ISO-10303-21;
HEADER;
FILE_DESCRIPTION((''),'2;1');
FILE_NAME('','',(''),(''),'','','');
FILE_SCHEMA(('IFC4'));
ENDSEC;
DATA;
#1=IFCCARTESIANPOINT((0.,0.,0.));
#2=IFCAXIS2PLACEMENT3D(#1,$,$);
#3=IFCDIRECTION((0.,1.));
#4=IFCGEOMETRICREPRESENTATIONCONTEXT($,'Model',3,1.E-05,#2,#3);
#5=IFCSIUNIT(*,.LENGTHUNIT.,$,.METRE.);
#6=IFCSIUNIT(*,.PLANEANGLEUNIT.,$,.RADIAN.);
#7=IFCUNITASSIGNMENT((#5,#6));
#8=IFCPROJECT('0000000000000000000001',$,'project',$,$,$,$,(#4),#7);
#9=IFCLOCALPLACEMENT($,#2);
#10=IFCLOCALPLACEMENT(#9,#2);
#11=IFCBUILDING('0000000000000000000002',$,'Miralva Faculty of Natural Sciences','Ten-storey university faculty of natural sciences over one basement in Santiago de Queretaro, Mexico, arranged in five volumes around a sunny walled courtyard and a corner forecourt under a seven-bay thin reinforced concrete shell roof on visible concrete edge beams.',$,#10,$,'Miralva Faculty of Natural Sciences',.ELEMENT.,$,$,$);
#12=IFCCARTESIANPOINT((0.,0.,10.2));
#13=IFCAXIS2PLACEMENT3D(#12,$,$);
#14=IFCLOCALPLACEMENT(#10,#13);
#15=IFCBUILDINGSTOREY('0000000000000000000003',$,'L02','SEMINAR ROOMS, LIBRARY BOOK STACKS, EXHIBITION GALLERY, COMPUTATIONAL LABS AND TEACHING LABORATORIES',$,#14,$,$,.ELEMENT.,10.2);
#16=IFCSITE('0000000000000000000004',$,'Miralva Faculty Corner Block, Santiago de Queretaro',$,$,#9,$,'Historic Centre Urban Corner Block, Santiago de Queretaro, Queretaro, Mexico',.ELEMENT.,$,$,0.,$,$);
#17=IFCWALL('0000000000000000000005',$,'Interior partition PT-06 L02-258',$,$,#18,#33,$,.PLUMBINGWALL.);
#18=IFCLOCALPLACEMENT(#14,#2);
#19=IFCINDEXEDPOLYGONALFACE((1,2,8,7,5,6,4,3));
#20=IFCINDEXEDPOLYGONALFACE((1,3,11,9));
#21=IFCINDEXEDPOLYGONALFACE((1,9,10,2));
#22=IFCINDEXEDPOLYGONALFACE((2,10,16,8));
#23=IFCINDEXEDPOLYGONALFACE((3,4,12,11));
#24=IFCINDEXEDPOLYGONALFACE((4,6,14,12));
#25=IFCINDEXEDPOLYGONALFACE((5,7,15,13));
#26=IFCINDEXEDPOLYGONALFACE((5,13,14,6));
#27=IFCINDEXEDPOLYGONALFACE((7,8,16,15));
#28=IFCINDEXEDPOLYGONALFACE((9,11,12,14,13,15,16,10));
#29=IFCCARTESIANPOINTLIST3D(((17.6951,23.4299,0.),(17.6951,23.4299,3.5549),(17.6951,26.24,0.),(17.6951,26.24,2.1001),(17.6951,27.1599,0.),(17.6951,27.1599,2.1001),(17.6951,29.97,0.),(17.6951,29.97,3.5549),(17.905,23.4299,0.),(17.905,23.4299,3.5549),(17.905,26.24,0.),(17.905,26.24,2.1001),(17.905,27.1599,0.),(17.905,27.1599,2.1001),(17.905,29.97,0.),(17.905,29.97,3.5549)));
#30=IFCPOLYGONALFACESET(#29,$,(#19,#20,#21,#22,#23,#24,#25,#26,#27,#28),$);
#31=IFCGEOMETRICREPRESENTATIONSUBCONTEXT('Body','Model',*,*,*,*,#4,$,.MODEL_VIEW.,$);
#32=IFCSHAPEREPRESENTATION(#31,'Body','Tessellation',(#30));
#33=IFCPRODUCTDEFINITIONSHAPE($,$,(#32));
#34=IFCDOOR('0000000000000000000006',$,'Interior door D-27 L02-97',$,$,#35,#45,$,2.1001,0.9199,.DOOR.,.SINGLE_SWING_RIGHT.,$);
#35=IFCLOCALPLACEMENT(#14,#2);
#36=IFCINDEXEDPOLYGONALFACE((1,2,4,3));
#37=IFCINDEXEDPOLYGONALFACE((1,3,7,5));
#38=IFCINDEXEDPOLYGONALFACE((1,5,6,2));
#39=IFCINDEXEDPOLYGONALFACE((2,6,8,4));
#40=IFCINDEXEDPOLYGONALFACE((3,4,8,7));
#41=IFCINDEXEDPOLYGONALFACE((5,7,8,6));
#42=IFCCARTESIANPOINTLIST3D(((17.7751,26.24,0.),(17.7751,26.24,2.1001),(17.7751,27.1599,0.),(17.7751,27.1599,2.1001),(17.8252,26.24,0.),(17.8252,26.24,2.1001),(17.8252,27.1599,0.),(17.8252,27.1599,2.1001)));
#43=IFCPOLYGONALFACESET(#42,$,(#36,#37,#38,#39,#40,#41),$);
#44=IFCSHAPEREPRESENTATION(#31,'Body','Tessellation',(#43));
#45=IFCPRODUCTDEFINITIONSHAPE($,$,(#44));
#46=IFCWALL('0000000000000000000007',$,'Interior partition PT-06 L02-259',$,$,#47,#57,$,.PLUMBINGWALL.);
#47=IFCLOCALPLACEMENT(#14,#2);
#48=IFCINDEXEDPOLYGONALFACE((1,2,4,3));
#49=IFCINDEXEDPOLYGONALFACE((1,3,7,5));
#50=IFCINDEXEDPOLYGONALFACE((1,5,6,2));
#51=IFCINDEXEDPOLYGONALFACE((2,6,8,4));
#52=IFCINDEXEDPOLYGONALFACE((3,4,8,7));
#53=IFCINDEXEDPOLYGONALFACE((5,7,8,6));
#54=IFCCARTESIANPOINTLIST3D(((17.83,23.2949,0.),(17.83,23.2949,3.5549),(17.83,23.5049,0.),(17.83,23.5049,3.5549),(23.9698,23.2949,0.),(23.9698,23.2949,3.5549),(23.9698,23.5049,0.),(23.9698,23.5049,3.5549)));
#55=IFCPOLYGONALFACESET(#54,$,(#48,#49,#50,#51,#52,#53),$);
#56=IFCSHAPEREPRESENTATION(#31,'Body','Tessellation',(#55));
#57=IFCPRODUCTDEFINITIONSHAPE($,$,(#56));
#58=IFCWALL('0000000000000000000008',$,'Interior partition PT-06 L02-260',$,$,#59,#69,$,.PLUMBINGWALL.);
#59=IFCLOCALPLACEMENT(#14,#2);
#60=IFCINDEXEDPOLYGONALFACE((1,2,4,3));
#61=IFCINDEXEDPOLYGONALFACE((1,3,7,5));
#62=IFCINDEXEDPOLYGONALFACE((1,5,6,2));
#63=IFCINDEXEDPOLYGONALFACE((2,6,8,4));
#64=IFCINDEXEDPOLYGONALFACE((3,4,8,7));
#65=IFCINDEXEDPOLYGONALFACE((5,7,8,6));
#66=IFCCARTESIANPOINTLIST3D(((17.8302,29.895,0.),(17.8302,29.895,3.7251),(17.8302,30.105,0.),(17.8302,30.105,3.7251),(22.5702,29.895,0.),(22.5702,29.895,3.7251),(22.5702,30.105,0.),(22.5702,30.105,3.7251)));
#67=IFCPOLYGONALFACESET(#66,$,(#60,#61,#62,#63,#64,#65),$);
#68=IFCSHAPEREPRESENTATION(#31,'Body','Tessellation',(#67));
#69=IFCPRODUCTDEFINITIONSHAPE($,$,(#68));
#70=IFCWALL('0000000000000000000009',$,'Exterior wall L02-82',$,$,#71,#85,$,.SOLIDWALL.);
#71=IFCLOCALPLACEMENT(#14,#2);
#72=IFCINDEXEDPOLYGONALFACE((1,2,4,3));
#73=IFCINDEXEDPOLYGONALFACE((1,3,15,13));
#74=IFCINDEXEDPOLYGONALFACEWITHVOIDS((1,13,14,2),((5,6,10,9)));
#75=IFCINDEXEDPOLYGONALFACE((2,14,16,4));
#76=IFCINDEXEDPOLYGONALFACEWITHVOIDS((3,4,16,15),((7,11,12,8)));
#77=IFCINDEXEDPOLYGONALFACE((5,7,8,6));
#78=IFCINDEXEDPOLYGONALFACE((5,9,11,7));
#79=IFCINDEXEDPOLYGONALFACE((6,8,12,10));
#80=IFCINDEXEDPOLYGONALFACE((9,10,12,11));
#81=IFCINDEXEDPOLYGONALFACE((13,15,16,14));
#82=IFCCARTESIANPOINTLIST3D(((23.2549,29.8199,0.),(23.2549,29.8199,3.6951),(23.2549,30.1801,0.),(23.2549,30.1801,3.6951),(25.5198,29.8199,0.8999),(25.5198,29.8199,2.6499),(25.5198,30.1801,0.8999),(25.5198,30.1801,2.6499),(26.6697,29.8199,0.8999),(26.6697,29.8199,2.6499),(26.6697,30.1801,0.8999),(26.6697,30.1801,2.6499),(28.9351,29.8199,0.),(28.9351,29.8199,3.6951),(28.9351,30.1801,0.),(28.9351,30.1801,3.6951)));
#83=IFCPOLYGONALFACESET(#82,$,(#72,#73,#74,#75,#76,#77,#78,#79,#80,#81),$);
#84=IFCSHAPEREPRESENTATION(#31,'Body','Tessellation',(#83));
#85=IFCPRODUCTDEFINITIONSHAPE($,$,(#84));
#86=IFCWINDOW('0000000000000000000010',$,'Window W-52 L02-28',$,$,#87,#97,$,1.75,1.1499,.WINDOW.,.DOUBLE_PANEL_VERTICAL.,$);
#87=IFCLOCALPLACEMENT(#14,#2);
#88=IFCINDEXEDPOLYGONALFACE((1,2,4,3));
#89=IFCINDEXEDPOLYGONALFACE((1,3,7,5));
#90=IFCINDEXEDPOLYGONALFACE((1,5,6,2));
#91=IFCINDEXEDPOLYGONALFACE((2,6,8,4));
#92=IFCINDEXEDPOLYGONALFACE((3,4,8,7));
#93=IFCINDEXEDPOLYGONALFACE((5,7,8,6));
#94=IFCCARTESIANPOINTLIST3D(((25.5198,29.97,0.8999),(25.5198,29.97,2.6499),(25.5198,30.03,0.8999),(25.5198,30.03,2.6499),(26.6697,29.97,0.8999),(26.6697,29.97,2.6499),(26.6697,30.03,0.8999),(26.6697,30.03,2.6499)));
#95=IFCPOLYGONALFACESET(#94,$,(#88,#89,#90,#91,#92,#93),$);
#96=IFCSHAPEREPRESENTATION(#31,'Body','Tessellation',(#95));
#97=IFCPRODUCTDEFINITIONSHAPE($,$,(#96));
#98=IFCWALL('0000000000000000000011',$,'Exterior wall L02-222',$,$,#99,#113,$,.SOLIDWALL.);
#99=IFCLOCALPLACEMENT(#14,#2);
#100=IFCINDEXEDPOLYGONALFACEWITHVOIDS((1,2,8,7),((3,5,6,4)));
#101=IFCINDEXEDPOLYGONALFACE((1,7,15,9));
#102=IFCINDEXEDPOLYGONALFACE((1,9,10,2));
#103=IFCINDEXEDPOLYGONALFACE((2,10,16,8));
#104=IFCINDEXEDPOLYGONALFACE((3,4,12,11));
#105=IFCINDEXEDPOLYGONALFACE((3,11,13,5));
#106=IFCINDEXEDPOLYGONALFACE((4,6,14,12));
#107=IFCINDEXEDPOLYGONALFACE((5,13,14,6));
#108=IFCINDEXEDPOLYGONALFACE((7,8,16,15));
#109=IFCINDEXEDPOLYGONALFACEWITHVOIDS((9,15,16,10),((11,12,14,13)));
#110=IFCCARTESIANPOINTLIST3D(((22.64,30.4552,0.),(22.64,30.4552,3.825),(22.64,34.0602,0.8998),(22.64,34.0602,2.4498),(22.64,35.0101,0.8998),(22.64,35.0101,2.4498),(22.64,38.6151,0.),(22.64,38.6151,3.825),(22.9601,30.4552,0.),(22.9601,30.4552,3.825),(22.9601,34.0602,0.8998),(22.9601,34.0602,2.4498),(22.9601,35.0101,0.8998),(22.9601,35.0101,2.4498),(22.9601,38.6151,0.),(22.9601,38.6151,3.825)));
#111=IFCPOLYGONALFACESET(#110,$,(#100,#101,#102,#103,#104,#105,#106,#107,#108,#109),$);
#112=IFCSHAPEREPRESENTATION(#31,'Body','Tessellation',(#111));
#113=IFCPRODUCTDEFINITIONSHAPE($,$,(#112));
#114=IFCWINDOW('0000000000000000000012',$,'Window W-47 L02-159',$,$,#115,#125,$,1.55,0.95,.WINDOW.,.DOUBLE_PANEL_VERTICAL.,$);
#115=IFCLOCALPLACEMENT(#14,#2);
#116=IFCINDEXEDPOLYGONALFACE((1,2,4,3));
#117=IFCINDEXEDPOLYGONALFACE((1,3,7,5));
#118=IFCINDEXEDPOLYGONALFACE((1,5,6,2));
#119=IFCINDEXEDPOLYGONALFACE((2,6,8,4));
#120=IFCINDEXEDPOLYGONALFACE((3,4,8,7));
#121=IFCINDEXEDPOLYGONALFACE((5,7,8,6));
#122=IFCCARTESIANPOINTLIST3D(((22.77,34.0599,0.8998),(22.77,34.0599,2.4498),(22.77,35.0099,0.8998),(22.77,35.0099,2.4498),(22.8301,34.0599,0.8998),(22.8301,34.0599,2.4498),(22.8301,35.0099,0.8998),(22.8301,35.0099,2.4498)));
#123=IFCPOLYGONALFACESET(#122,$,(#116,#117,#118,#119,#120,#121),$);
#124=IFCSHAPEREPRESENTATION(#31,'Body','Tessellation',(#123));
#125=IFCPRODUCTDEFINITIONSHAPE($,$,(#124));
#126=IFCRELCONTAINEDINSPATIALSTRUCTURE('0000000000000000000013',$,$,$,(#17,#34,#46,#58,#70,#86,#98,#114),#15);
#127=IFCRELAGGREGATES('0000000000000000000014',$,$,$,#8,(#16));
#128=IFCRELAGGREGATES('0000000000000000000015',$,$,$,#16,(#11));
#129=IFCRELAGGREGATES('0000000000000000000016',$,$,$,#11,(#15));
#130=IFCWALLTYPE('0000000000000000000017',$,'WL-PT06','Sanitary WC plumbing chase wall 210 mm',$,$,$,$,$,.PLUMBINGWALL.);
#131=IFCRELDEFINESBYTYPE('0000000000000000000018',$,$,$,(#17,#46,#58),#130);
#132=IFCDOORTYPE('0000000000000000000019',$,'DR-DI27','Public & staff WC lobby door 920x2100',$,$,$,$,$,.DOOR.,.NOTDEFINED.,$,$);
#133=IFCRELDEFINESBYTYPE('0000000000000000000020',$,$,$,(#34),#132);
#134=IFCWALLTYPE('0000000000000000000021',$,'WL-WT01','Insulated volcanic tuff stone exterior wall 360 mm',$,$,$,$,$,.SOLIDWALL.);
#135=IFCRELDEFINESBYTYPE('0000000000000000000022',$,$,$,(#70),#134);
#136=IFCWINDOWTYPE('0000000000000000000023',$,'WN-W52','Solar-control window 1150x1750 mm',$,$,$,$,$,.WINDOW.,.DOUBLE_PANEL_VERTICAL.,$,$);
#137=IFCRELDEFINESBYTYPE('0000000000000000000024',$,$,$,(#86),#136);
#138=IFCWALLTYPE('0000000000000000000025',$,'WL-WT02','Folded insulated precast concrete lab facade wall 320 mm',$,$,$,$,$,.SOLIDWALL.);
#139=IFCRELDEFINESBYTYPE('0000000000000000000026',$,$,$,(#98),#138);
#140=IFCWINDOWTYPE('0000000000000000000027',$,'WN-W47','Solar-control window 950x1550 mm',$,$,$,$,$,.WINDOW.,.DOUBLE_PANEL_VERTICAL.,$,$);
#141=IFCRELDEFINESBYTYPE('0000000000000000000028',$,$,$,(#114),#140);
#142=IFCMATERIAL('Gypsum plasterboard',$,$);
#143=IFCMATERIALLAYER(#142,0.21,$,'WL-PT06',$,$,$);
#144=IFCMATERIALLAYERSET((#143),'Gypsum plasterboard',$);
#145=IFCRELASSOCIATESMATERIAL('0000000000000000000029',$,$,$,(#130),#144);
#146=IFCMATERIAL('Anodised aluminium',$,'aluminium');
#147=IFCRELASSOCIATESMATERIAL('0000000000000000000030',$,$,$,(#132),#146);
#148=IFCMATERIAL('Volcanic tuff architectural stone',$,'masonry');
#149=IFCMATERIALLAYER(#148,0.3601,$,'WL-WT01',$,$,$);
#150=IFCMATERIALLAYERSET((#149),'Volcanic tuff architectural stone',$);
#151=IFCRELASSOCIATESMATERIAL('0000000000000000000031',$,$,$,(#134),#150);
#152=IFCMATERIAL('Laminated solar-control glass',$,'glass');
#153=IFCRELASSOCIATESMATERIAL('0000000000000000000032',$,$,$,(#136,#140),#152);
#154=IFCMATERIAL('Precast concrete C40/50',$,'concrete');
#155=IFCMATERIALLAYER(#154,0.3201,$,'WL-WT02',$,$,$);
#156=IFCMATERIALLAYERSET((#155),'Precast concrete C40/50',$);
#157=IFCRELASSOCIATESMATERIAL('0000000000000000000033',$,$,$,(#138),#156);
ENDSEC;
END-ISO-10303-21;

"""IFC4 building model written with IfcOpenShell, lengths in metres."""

from ifc_helpers import new_model, si_unit, direction, frame, frame_2d, origin, place, context, subcontext, project, spatial, rectangle, extrude, material, layer, layer_set, type_object, element, fill, save


model = new_model("IFC4")

# Units and contexts
model_context = context("Model", 3, precision=1e-05, world=origin(), true_north=direction((0.0, 1.0)))
body_context = subcontext(model_context, "Body", "Model", "MODEL_VIEW")
ifc_project = project(units=[si_unit("LENGTHUNIT", "METRE"), si_unit("PLANEANGLEUNIT", "RADIAN")], contexts=[model_context])

# Site, building, storey
site_placement = place(None, origin())
site = spatial("IfcSite", under=ifc_project, at=site_placement, Name="Miralva Faculty Corner Block, Santiago de Queretaro", LongName="Historic Centre Urban Corner Block, Santiago de Queretaro, Queretaro, Mexico", CompositionType="ELEMENT", RefElevation=0.0)
building_placement = place(site_placement, origin())
building = spatial("IfcBuilding", under=site, at=building_placement, Name="Miralva Faculty of Natural Sciences", Description="Ten-storey university faculty of natural sciences over one basement in Santiago de Queretaro, Mexico, arranged in five volumes around a sunny walled courtyard and a corner forecourt under a seven-bay thin reinforced concrete shell roof on visible concrete edge beams.", LongName="Miralva Faculty of Natural Sciences", CompositionType="ELEMENT")
storey_placement = place(building_placement, frame((0.0, 0.0, 10.2)))
storey = spatial("IfcBuildingStorey", under=building, at=storey_placement, Name="L02", Description="SEMINAR ROOMS, LIBRARY BOOK STACKS, EXHIBITION GALLERY, COMPUTATIONAL LABS AND TEACHING LABORATORIES", CompositionType="ELEMENT", Elevation=10.2)

# Shared definitions
ifc_material_1 = material(Name="Gypsum plasterboard")
ifc_layer_1 = layer(ifc_material_1, 0.21, Name="WL-PT06")
ifc_layer_set_1 = layer_set([ifc_layer_1], Name="Gypsum plasterboard")
wall_type_1 = type_object("IfcWallType", Name="WL-PT06", Description="Sanitary WC plumbing chase wall 210 mm", PredefinedType="PLUMBINGWALL", material=ifc_layer_set_1)

# Wall, opening, door
wall_1_placement = place(storey_placement, frame((17.8, 23.4299, 0.0), z_axis=(0.0, 0.0, 1.0), x_axis=(0.0, 1.0, 0.0)))
wall_1 = element("IfcWall", 1, at=wall_1_placement, inside=storey, type_object=wall_type_1, Name="Interior partition PT-06 L02-258", PredefinedType="PLUMBINGWALL", context=body_context, shape_type="SweptSolid", body=[
    extrude(rectangle(XDim=6.54, YDim=0.21, at=frame_2d((3.27, 0.0))), origin(), (0.0, 0.0, 1.0), 3.5549),
])
opening_1_placement = place(wall_1_placement, frame((2.8101, 0.0, 0.0)))
opening_1 = element("IfcOpeningElement", 2, at=opening_1_placement, cuts=wall_1, PredefinedType="OPENING", context=body_context, shape_type="SweptSolid", body=[
    extrude(rectangle(XDim=0.9199, YDim=2.1001, at=frame_2d((0.46, 1.05))), frame((0.0, 0.115, 0.0), z_axis=(0.0, -1.0, 0.0), x_axis=(1.0, 0.0, 0.0)), (0.0, 0.0, 1.0), 0.23),
])
ifc_material_2 = material(Name="Anodised aluminium", Category="aluminium")
door_type = type_object("IfcDoorType", Name="DR-DI27", Description="Public & staff WC lobby door 920x2100", OperationType="NOTDEFINED", PredefinedType="DOOR", material=ifc_material_2)
door_placement = place(opening_1_placement, origin())
door = element("IfcDoor", 3, at=door_placement, inside=storey, type_object=door_type, Name="Interior door D-27 L02-97", OperationType="SINGLE_SWING_RIGHT", OverallHeight=2.1001, OverallWidth=0.9199, PredefinedType="DOOR", context=body_context, shape_type="SweptSolid", body=[
    extrude(rectangle(XDim=0.9199, YDim=2.1001, at=frame_2d((0.46, 1.05))), frame((0.0, 0.0249, 0.0), z_axis=(0.0, -1.0, 0.0), x_axis=(1.0, 0.0, 0.0)), (0.0, 0.0, 1.0), 0.05),
])
fill(opening_1, door)

# Walls
wall_2_placement = place(storey_placement, frame((17.8301, 23.3999, 0.0), z_axis=(0.0, 0.0, 1.0), x_axis=(1.0, 0.0, 0.0)))
element("IfcWall", 4, at=wall_2_placement, inside=storey, type_object=wall_type_1, Name="Interior partition PT-06 L02-259", PredefinedType="PLUMBINGWALL", context=body_context, shape_type="SweptSolid", body=[
    extrude(rectangle(XDim=6.1399, YDim=0.21, at=frame_2d((3.0698, 0.0))), origin(), (0.0, 0.0, 1.0), 3.5549),
])
wall_3_placement = place(storey_placement, frame((17.8301, 30.0, 0.0), z_axis=(0.0, 0.0, 1.0), x_axis=(1.0, 0.0, 0.0)))
element("IfcWall", 5, at=wall_3_placement, inside=storey, type_object=wall_type_1, Name="Interior partition PT-06 L02-260", PredefinedType="PLUMBINGWALL", context=body_context, shape_type="SweptSolid", body=[
    extrude(rectangle(XDim=4.74, YDim=0.21, at=frame_2d((2.3701, 0.0))), origin(), (0.0, 0.0, 1.0), 3.7251),
])

# Walls, openings, windows
ifc_material_3 = material(Name="Volcanic tuff architectural stone", Category="masonry")
ifc_layer_2 = layer(ifc_material_3, 0.3601, Name="WL-WT01")
ifc_layer_set_2 = layer_set([ifc_layer_2], Name="Volcanic tuff architectural stone")
wall_type_2 = type_object("IfcWallType", Name="WL-WT01", Description="Insulated volcanic tuff stone exterior wall 360 mm", PredefinedType="SOLIDWALL", material=ifc_layer_set_2)
wall_4_placement = place(storey_placement, frame((23.2549, 30.0, 0.0), z_axis=(0.0, 0.0, 1.0), x_axis=(1.0, 0.0, 0.0)))
wall_4 = element("IfcWall", 6, at=wall_4_placement, inside=storey, type_object=wall_type_2, Name="Exterior wall L02-82", PredefinedType="SOLIDWALL", context=body_context, shape_type="SweptSolid", body=[
    extrude(rectangle(XDim=5.6802, YDim=0.3601, at=frame_2d((2.8401, 0.0))), origin(), (0.0, 0.0, 1.0), 3.6951),
])
opening_2_placement = place(wall_4_placement, frame((2.2649, 0.0, 0.8999)))
opening_2 = element("IfcOpeningElement", 7, at=opening_2_placement, cuts=wall_4, PredefinedType="OPENING", context=body_context, shape_type="SweptSolid", body=[
    extrude(rectangle(XDim=1.1499, YDim=1.75, at=frame_2d((0.575, 0.875))), frame((0.0, 0.1899, 0.0), z_axis=(0.0, -1.0, 0.0), x_axis=(1.0, 0.0, 0.0)), (0.0, 0.0, 1.0), 0.3801),
])
ifc_material_4 = material(Name="Laminated solar-control glass", Category="glass")
window_type_1 = type_object("IfcWindowType", Name="WN-W52", Description="Solar-control window 1150x1750 mm", PartitioningType="DOUBLE_PANEL_VERTICAL", PredefinedType="WINDOW", material=ifc_material_4)
window_1_placement = place(opening_2_placement, origin())
window_1 = element("IfcWindow", 8, at=window_1_placement, inside=storey, type_object=window_type_1, Name="Window W-52 L02-28", OverallHeight=1.75, OverallWidth=1.1499, PartitioningType="DOUBLE_PANEL_VERTICAL", PredefinedType="WINDOW", context=body_context, shape_type="SweptSolid", body=[
    extrude(rectangle(XDim=1.1499, YDim=1.75, at=frame_2d((0.575, 0.875))), frame((0.0, 0.03, 0.0), z_axis=(0.0, -1.0, 0.0), x_axis=(1.0, 0.0, 0.0)), (0.0, 0.0, 1.0), 0.0601),
])
fill(opening_2, window_1)
ifc_material_5 = material(Name="Precast concrete C40/50", Category="concrete")
ifc_layer_3 = layer(ifc_material_5, 0.3201, Name="WL-WT02")
ifc_layer_set_3 = layer_set([ifc_layer_3], Name="Precast concrete C40/50")
wall_type_3 = type_object("IfcWallType", Name="WL-WT02", Description="Folded insulated precast concrete lab facade wall 320 mm", PredefinedType="SOLIDWALL", material=ifc_layer_set_3)
wall_5_placement = place(storey_placement, frame((22.8, 30.4551, 0.0), z_axis=(0.0, 0.0, 1.0), x_axis=(0.0, 1.0, 0.0)))
wall_5 = element("IfcWall", 9, at=wall_5_placement, inside=storey, type_object=wall_type_3, Name="Exterior wall L02-222", PredefinedType="SOLIDWALL", context=body_context, shape_type="SweptSolid", body=[
    extrude(rectangle(XDim=8.1599, YDim=0.3201, at=frame_2d((4.0801, 0.0))), origin(), (0.0, 0.0, 1.0), 3.825),
])
opening_3_placement = place(wall_5_placement, frame((3.605, 0.0, 0.8999)))
opening_3 = element("IfcOpeningElement", 10, at=opening_3_placement, cuts=wall_5, PredefinedType="OPENING", context=body_context, shape_type="SweptSolid", body=[
    extrude(rectangle(XDim=0.95, YDim=1.55, at=frame_2d((0.4751, 0.7749))), frame((0.0, 0.1699, 0.0), z_axis=(0.0, -1.0, 0.0), x_axis=(1.0, 0.0, 0.0)), (0.0, 0.0, 1.0), 0.3401),
])
window_type_2 = type_object("IfcWindowType", Name="WN-W47", Description="Solar-control window 950x1550 mm", PartitioningType="DOUBLE_PANEL_VERTICAL", PredefinedType="WINDOW", material=ifc_material_4)
window_2_placement = place(opening_3_placement, frame((0.95, 0.0, 0.0), z_axis=(0.0, 0.0, 1.0), x_axis=(-1.0, 0.0, 0.0)))
window_2 = element("IfcWindow", 11, at=window_2_placement, inside=storey, type_object=window_type_2, Name="Window W-47 L02-159", OverallHeight=1.55, OverallWidth=0.95, PartitioningType="DOUBLE_PANEL_VERTICAL", PredefinedType="WINDOW", context=body_context, shape_type="SweptSolid", body=[
    extrude(rectangle(XDim=0.95, YDim=1.55, at=frame_2d((0.4751, 0.7749))), frame((0.0, 0.03, 0.0), z_axis=(0.0, -1.0, 0.0), x_axis=(1.0, 0.0, 0.0)), (0.0, 0.0, 1.0), 0.0601),
])
fill(opening_3, window_2)

save(model, "model.ifc")
